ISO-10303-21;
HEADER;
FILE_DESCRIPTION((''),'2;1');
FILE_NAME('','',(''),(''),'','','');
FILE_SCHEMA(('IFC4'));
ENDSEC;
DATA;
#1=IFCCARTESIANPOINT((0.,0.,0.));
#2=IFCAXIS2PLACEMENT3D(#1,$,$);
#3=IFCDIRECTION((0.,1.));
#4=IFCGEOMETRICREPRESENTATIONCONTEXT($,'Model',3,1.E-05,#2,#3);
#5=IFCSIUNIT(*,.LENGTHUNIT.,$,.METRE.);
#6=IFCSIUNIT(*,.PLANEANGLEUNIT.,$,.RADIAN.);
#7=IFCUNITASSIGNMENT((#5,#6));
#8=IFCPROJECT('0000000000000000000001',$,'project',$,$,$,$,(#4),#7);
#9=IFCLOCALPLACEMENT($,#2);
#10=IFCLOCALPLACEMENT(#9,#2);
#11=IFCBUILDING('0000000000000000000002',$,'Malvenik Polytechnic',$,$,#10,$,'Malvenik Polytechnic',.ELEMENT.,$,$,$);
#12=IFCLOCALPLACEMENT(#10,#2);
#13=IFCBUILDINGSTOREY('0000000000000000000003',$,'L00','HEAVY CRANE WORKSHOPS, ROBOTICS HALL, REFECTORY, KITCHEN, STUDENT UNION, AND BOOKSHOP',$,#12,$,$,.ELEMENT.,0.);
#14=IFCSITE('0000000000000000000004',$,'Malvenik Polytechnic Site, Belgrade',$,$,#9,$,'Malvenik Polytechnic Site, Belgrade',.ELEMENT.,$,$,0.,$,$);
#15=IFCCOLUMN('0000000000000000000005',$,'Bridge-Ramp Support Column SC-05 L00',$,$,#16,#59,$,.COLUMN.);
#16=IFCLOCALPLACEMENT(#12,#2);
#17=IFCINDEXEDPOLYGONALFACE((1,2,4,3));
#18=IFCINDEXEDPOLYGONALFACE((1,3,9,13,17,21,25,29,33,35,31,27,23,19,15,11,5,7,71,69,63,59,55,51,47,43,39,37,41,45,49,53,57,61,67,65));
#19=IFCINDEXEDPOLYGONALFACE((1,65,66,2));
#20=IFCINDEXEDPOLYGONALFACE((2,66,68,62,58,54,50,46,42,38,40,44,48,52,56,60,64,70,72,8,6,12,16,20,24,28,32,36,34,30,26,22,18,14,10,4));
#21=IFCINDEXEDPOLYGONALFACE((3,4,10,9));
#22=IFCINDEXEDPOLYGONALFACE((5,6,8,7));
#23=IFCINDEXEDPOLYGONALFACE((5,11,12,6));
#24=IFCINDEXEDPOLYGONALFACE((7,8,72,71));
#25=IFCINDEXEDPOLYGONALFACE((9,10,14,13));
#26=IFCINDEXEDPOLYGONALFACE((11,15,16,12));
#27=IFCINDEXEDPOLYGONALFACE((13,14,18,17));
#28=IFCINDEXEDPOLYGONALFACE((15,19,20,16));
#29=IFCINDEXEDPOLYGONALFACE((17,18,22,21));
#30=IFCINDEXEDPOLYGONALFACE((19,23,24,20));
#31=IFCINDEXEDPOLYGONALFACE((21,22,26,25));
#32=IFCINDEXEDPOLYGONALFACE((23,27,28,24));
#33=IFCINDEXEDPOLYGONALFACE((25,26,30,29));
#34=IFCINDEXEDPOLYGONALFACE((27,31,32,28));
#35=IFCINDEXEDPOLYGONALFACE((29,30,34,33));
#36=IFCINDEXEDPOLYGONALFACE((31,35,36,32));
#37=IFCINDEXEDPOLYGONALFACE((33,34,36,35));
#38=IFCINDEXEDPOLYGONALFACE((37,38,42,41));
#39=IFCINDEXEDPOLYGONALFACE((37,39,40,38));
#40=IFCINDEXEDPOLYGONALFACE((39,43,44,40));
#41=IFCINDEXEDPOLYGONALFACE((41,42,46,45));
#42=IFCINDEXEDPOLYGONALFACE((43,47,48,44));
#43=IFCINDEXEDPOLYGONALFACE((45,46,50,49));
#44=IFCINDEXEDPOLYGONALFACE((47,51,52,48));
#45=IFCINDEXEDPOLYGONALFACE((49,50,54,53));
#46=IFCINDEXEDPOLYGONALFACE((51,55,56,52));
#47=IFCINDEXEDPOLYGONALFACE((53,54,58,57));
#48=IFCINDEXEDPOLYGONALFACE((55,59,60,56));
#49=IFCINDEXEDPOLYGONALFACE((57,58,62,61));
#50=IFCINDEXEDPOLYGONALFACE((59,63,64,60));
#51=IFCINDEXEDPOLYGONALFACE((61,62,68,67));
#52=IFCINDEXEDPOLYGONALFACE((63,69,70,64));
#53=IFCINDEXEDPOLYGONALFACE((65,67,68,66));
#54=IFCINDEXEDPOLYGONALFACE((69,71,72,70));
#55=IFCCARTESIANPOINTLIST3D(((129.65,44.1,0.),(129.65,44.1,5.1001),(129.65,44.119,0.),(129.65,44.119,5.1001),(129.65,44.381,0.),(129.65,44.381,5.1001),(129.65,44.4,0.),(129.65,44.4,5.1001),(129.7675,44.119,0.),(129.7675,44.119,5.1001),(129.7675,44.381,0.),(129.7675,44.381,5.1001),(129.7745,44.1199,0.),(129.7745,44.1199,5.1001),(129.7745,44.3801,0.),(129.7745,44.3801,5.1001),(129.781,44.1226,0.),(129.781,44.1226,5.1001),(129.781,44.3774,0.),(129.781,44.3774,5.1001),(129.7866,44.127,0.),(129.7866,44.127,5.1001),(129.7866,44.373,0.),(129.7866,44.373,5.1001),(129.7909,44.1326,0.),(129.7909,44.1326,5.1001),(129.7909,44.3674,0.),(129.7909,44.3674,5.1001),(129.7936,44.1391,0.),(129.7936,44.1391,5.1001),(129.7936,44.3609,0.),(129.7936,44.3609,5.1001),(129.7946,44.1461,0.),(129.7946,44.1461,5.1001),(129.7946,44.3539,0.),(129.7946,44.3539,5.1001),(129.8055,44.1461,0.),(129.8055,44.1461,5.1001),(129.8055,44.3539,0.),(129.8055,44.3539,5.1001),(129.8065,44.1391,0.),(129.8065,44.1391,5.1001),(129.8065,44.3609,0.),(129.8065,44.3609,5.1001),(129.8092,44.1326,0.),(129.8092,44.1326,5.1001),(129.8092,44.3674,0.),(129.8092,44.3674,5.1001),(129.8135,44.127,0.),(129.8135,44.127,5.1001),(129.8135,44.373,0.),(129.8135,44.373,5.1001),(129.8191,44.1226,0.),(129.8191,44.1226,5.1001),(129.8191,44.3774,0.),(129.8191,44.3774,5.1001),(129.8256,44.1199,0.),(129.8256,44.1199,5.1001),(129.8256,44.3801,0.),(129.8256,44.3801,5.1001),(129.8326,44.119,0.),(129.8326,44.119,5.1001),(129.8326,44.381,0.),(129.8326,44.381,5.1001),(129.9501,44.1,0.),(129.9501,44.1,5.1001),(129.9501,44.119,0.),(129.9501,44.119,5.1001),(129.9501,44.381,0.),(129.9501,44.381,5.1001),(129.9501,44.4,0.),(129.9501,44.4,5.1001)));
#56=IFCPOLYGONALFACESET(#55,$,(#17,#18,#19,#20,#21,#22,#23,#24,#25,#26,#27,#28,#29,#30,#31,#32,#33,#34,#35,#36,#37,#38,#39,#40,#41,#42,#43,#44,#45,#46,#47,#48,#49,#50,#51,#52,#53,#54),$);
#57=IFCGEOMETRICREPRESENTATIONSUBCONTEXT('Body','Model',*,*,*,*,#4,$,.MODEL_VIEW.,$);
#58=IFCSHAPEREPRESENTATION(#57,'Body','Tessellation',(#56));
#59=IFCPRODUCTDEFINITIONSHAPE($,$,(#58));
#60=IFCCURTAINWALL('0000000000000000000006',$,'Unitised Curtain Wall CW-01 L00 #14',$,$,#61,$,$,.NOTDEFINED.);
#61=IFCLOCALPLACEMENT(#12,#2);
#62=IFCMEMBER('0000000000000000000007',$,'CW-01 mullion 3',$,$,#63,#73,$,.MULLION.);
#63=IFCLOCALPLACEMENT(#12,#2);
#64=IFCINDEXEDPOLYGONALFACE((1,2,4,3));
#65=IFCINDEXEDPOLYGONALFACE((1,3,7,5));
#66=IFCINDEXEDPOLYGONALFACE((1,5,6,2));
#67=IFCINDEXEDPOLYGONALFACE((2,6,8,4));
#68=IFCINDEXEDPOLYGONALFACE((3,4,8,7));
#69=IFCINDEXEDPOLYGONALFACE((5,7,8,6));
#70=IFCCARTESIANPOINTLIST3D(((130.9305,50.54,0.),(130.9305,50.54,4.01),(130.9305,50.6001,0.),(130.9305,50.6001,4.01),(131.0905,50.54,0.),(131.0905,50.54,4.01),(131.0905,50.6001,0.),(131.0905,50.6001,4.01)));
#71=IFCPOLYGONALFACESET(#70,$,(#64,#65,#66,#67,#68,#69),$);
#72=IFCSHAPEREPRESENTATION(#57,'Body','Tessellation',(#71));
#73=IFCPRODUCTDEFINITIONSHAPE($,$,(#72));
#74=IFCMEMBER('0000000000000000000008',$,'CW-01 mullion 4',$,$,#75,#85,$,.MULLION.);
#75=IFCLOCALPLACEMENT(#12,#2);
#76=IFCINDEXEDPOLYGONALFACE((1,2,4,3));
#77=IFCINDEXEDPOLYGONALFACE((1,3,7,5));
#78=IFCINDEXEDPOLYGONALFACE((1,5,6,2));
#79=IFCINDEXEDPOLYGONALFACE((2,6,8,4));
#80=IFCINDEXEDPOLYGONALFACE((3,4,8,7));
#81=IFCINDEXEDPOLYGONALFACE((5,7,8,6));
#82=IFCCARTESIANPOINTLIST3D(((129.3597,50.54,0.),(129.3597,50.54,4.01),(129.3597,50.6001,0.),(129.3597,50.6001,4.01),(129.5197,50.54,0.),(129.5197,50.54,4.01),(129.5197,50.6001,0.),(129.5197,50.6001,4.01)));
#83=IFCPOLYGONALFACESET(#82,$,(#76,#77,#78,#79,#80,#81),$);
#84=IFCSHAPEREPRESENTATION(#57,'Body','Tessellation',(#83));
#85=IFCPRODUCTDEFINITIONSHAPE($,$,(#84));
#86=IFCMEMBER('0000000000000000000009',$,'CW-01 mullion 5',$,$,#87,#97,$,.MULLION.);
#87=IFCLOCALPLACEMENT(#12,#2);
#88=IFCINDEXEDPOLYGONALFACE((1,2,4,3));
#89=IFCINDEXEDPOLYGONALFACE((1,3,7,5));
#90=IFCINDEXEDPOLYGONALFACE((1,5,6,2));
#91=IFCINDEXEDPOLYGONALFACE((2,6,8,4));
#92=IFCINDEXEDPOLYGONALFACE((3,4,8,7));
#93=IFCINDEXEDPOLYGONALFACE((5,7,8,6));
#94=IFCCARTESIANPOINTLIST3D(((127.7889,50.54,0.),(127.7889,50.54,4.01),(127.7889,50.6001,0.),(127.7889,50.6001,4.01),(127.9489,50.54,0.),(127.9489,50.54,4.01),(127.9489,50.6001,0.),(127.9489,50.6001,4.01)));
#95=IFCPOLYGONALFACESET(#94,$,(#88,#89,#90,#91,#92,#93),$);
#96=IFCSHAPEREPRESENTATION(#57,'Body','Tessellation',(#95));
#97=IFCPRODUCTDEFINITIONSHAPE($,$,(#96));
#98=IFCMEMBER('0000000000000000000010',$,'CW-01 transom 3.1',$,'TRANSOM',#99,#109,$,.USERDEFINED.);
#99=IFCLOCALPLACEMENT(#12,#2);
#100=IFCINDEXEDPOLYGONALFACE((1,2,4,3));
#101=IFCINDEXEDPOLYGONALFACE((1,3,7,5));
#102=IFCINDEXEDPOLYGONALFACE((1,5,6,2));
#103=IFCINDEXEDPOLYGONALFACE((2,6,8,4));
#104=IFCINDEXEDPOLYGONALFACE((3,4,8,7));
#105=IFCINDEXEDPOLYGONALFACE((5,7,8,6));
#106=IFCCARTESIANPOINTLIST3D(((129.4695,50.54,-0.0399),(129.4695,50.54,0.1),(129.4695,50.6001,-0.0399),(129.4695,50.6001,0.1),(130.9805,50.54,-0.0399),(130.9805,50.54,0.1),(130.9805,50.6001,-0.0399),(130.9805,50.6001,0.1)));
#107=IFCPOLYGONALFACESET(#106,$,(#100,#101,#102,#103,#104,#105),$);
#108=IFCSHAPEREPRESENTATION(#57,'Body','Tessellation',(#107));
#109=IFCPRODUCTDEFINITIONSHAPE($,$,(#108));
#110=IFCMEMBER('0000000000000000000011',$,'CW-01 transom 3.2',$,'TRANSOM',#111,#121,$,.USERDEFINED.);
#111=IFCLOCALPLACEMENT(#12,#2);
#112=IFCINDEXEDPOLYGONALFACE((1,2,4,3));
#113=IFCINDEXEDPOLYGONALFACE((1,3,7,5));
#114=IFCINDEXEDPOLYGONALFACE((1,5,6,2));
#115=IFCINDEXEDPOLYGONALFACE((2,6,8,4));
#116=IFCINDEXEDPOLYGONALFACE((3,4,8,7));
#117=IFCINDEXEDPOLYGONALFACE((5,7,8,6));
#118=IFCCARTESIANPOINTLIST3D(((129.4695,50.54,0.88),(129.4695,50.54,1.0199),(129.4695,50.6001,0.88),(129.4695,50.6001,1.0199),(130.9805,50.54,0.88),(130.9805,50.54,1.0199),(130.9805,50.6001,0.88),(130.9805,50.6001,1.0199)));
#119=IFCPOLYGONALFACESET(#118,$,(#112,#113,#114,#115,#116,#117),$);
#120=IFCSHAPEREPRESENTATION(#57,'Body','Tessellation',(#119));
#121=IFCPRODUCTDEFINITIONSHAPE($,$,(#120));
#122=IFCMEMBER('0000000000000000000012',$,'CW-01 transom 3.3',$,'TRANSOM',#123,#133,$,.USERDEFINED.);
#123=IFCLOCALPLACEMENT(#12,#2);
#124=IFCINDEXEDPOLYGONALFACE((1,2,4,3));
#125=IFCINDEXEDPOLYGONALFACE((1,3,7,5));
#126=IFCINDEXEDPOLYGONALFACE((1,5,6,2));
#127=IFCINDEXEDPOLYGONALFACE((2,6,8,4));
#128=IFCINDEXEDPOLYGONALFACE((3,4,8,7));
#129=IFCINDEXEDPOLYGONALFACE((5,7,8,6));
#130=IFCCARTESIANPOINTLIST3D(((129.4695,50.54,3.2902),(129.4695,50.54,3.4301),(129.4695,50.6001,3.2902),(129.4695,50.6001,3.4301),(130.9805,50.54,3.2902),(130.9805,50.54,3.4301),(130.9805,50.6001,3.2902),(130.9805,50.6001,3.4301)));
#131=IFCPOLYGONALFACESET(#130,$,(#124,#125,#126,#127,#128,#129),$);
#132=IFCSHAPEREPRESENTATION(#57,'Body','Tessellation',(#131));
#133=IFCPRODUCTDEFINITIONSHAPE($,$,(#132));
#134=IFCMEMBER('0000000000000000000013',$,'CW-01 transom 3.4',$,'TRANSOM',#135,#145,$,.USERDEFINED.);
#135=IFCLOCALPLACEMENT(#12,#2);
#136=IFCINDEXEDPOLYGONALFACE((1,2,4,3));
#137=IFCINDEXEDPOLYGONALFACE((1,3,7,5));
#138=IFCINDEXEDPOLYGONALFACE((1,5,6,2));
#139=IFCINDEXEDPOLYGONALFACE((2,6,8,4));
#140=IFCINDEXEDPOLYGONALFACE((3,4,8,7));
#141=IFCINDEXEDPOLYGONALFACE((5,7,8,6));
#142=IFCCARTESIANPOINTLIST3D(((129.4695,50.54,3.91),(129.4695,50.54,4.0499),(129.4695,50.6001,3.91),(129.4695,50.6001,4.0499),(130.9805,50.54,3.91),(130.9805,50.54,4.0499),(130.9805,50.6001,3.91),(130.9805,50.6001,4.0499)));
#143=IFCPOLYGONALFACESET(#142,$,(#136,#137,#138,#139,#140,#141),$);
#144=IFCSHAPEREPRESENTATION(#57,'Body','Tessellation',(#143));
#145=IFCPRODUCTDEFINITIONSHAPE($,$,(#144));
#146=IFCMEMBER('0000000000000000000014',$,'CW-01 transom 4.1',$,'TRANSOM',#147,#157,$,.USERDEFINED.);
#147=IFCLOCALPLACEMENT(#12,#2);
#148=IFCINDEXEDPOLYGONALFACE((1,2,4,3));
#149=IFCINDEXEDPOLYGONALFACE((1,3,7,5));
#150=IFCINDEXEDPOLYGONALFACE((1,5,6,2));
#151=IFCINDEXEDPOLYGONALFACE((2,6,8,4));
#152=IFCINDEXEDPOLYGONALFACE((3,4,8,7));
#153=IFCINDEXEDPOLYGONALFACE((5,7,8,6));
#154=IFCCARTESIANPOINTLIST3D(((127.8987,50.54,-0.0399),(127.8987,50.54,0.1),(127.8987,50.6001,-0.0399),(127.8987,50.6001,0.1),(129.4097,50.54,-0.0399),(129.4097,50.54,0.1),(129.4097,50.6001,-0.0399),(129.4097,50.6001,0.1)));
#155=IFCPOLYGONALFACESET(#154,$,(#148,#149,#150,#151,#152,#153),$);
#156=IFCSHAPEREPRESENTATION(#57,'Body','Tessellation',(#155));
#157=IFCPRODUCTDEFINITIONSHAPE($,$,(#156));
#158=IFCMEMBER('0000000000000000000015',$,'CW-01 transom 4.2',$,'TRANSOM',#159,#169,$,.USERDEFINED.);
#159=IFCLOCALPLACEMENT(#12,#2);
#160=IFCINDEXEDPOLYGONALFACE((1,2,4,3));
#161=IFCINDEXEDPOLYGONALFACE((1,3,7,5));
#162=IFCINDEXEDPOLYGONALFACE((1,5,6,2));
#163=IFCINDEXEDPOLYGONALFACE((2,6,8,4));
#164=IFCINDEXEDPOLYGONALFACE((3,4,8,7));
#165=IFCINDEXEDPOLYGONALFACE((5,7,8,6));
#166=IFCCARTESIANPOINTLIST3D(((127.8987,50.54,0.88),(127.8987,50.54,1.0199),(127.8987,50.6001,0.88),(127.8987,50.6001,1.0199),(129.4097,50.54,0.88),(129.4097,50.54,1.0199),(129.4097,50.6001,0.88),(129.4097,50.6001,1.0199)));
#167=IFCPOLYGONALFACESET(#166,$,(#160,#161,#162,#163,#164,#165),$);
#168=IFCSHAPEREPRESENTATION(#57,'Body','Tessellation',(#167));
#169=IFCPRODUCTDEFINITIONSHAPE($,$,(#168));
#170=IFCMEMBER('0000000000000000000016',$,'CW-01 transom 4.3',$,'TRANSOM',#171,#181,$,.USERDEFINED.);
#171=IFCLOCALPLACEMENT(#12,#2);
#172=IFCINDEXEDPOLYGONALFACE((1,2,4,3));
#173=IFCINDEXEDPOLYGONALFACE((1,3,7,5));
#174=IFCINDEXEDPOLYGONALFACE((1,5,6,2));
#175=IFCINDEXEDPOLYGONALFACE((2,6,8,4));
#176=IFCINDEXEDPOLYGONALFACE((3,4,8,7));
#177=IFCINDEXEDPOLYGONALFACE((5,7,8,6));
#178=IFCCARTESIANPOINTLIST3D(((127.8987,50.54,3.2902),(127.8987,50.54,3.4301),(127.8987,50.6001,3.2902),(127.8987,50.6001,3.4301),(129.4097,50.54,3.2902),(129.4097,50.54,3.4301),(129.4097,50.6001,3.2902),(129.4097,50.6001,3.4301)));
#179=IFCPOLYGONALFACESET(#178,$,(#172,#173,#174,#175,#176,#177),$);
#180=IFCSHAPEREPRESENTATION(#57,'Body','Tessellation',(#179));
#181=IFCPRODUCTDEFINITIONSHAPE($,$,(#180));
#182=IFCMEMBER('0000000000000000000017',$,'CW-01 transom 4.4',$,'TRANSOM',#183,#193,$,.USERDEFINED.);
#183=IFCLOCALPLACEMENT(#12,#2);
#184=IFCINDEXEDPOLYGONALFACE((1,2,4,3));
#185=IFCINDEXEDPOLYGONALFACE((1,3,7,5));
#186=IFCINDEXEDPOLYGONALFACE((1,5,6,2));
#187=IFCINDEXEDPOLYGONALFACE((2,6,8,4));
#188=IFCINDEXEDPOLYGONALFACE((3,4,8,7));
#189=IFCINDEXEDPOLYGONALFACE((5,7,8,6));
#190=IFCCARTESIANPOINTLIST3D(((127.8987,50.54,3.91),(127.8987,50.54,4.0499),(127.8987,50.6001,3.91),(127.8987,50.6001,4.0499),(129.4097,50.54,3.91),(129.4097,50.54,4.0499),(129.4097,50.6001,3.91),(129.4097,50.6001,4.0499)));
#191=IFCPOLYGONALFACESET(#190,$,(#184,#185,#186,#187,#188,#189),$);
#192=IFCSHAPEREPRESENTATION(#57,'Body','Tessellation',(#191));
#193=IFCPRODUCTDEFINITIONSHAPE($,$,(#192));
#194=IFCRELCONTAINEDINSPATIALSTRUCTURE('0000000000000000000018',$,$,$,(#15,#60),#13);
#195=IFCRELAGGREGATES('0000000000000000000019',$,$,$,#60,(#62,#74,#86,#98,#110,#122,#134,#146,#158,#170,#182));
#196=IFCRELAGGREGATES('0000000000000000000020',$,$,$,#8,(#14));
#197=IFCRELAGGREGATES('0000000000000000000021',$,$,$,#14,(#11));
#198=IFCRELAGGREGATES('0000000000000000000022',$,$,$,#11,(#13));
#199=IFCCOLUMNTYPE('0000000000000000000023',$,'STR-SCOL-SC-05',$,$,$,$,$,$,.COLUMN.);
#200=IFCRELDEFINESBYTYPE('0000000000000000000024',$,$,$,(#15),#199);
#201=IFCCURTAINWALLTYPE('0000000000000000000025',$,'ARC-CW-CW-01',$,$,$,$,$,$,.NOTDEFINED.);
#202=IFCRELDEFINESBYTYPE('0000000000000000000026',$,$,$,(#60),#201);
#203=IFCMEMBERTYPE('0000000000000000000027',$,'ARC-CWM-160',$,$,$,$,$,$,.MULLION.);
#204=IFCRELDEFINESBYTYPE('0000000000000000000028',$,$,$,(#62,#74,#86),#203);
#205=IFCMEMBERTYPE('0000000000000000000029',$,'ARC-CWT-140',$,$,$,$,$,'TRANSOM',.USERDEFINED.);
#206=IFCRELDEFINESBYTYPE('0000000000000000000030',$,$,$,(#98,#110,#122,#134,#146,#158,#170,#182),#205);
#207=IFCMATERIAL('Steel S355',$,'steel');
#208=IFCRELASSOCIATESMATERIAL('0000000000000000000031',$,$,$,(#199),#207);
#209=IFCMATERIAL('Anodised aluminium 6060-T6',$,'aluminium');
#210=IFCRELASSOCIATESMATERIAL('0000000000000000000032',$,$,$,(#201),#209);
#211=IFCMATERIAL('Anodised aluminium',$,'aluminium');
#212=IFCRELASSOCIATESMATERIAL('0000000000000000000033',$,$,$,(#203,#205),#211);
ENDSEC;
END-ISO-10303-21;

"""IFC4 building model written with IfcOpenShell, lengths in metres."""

from ifc_helpers import new_model, si_unit, direction, frame, origin, origin_2d, place, context, subcontext, project, spatial, rectangle, i_section, extrude, material, material_profile, profile_set, type_object, element, aggregate, save


model = new_model("IFC4")

# Units and contexts
model_context = context("Model", 3, precision=1e-05, world=origin(), true_north=direction((0.0, 1.0)))
body_context = subcontext(model_context, "Body", "Model", "MODEL_VIEW")
ifc_project = project(units=[si_unit("LENGTHUNIT", "METRE"), si_unit("PLANEANGLEUNIT", "RADIAN")], contexts=[model_context])

# Site, building, storey
site_placement = place(None, origin())
site = spatial("IfcSite", under=ifc_project, at=site_placement, Name="Malvenik Polytechnic Site, Belgrade", LongName="Malvenik Polytechnic Site, Belgrade", CompositionType="ELEMENT", RefElevation=0.0)
building_placement = place(site_placement, origin())
building = spatial("IfcBuilding", under=site, at=building_placement, Name="Malvenik Polytechnic", LongName="Malvenik Polytechnic", CompositionType="ELEMENT")
storey_placement = place(building_placement, origin())
storey = spatial("IfcBuildingStorey", under=building, at=storey_placement, Name="L00", Description="HEAVY CRANE WORKSHOPS, ROBOTICS HALL, REFECTORY, KITCHEN, STUDENT UNION, AND BOOKSHOP", CompositionType="ELEMENT", Elevation=0.0)

# Column
ifc_material_1 = material(Name="Steel S355", Category="steel")
ifc_material_profile_1 = material_profile(ifc_material_1, i_section(OverallWidth=0.3, OverallDepth=0.3, WebThickness=0.011, FlangeThickness=0.019, FilletRadius=0.0271, at=origin_2d()), Name="HEB 300")
ifc_profile_set_1 = profile_set([ifc_material_profile_1], Name="Steel S355")
column_type = type_object("IfcColumnType", Name="STR-SCOL-SC-05", PredefinedType="COLUMN", material=ifc_profile_set_1)
column_placement = place(storey_placement, frame((129.8, 44.25, 0.0), z_axis=(0.0, 0.0, 1.0), x_axis=(1.0, 0.0, 0.0)))
element("IfcColumn", 1, at=column_placement, inside=storey, type_object=column_type, Name="Bridge-Ramp Support Column SC-05 L00", PredefinedType="COLUMN", context=body_context, shape_type="SweptSolid", body=[
    extrude(i_section(OverallWidth=0.3, OverallDepth=0.3, WebThickness=0.011, FlangeThickness=0.019, FilletRadius=0.0271, at=origin_2d()), origin(), (0.0, 0.0, 1.0), 5.1001),
])

# Curtain wall, members
ifc_material_2 = material(Name="Anodised aluminium 6060-T6", Category="aluminium")
curtain_wall_type = type_object("IfcCurtainWallType", Name="ARC-CW-CW-01", PredefinedType="NOTDEFINED", material=ifc_material_2)
curtain_wall_placement = place(storey_placement, origin())
curtain_wall = element("IfcCurtainWall", 2, at=curtain_wall_placement, inside=storey, type_object=curtain_wall_type, Name="Unitised Curtain Wall CW-01 L00 #14", PredefinedType="NOTDEFINED")
ifc_material_3 = material(Name="Anodised aluminium", Category="aluminium")
ifc_material_profile_2 = material_profile(ifc_material_3, rectangle(XDim=0.0601, YDim=0.1599, at=origin_2d()), Name="ALU MULLION 60x160")
ifc_profile_set_2 = profile_set([ifc_material_profile_2], Name="Anodised aluminium")
member_type_1 = type_object("IfcMemberType", Name="ARC-CWM-160", PredefinedType="MULLION", material=ifc_profile_set_2)
member_1_placement = place(storey_placement, frame((131.0105, 50.5701, 0.0), z_axis=(0.0, 0.0, 1.0), x_axis=(0.0, -1.0, 0.0)))
member_1 = element("IfcMember", 3, at=member_1_placement, type_object=member_type_1, Name="CW-01 mullion 3", PredefinedType="MULLION", context=body_context, shape_type="SweptSolid", body=[
    extrude(rectangle(XDim=0.0601, YDim=0.1599, at=origin_2d()), origin(), (0.0, 0.0, 1.0), 4.01),
])
member_2_placement = place(storey_placement, frame((129.4397, 50.5701, 0.0), z_axis=(0.0, 0.0, 1.0), x_axis=(0.0, -1.0, 0.0)))
member_2 = element("IfcMember", 4, at=member_2_placement, type_object=member_type_1, Name="CW-01 mullion 4", PredefinedType="MULLION", context=body_context, shape_type="SweptSolid", body=[
    extrude(rectangle(XDim=0.0601, YDim=0.1599, at=origin_2d()), origin(), (0.0, 0.0, 1.0), 4.01),
])
member_3_placement = place(storey_placement, frame((127.8689, 50.5701, 0.0), z_axis=(0.0, 0.0, 1.0), x_axis=(0.0, -1.0, 0.0)))
member_3 = element("IfcMember", 5, at=member_3_placement, type_object=member_type_1, Name="CW-01 mullion 5", PredefinedType="MULLION", context=body_context, shape_type="SweptSolid", body=[
    extrude(rectangle(XDim=0.0601, YDim=0.1599, at=origin_2d()), origin(), (0.0, 0.0, 1.0), 4.01),
])
ifc_material_profile_3 = material_profile(ifc_material_3, rectangle(XDim=0.0601, YDim=0.1399, at=origin_2d()), Name="ALU TRANSOM 60x140")
ifc_profile_set_3 = profile_set([ifc_material_profile_3], Name="Anodised aluminium")
member_type_2 = type_object("IfcMemberType", Name="ARC-CWT-140", ElementType="TRANSOM", PredefinedType="USERDEFINED", material=ifc_profile_set_3)
member_4_placement = place(storey_placement, frame((130.9805, 50.5701, 0.03), z_axis=(-1.0, 0.0, 0.0), x_axis=(0.0, -1.0, 0.0)))
member_4 = element("IfcMember", 6, at=member_4_placement, type_object=member_type_2, Name="CW-01 transom 3.1", ObjectType="TRANSOM", PredefinedType="USERDEFINED", context=body_context, shape_type="SweptSolid", body=[
    extrude(rectangle(XDim=0.0601, YDim=0.1399, at=origin_2d()), origin(), (0.0, 0.0, 1.0), 1.511),
])
member_5_placement = place(storey_placement, frame((130.9805, 50.5701, 0.95), z_axis=(-1.0, 0.0, 0.0), x_axis=(0.0, -1.0, 0.0)))
member_5 = element("IfcMember", 7, at=member_5_placement, type_object=member_type_2, Name="CW-01 transom 3.2", ObjectType="TRANSOM", PredefinedType="USERDEFINED", context=body_context, shape_type="SweptSolid", body=[
    extrude(rectangle(XDim=0.0601, YDim=0.1399, at=origin_2d()), origin(), (0.0, 0.0, 1.0), 1.511),
])
member_6_placement = place(storey_placement, frame((130.9805, 50.5701, 3.3601), z_axis=(-1.0, 0.0, 0.0), x_axis=(0.0, -1.0, 0.0)))
member_6 = element("IfcMember", 8, at=member_6_placement, type_object=member_type_2, Name="CW-01 transom 3.3", ObjectType="TRANSOM", PredefinedType="USERDEFINED", context=body_context, shape_type="SweptSolid", body=[
    extrude(rectangle(XDim=0.0601, YDim=0.1399, at=origin_2d()), origin(), (0.0, 0.0, 1.0), 1.511),
])
member_7_placement = place(storey_placement, frame((130.9805, 50.5701, 3.98), z_axis=(-1.0, 0.0, 0.0), x_axis=(0.0, -1.0, 0.0)))
member_7 = element("IfcMember", 9, at=member_7_placement, type_object=member_type_2, Name="CW-01 transom 3.4", ObjectType="TRANSOM", PredefinedType="USERDEFINED", context=body_context, shape_type="SweptSolid", body=[
    extrude(rectangle(XDim=0.0601, YDim=0.1399, at=origin_2d()), origin(), (0.0, 0.0, 1.0), 1.511),
])
member_8_placement = place(storey_placement, frame((129.4097, 50.5701, 0.03), z_axis=(-1.0, 0.0, 0.0), x_axis=(0.0, -1.0, 0.0)))
member_8 = element("IfcMember", 10, at=member_8_placement, type_object=member_type_2, Name="CW-01 transom 4.1", ObjectType="TRANSOM", PredefinedType="USERDEFINED", context=body_context, shape_type="SweptSolid", body=[
    extrude(rectangle(XDim=0.0601, YDim=0.1399, at=origin_2d()), origin(), (0.0, 0.0, 1.0), 1.511),
])
member_9_placement = place(storey_placement, frame((129.4097, 50.5701, 0.95), z_axis=(-1.0, 0.0, 0.0), x_axis=(0.0, -1.0, 0.0)))
member_9 = element("IfcMember", 11, at=member_9_placement, type_object=member_type_2, Name="CW-01 transom 4.2", ObjectType="TRANSOM", PredefinedType="USERDEFINED", context=body_context, shape_type="SweptSolid", body=[
    extrude(rectangle(XDim=0.0601, YDim=0.1399, at=origin_2d()), origin(), (0.0, 0.0, 1.0), 1.511),
])
member_10_placement = place(storey_placement, frame((129.4097, 50.5701, 3.3601), z_axis=(-1.0, 0.0, 0.0), x_axis=(0.0, -1.0, 0.0)))
member_10 = element("IfcMember", 12, at=member_10_placement, type_object=member_type_2, Name="CW-01 transom 4.3", ObjectType="TRANSOM", PredefinedType="USERDEFINED", context=body_context, shape_type="SweptSolid", body=[
    extrude(rectangle(XDim=0.0601, YDim=0.1399, at=origin_2d()), origin(), (0.0, 0.0, 1.0), 1.511),
])
member_11_placement = place(storey_placement, frame((129.4097, 50.5701, 3.98), z_axis=(-1.0, 0.0, 0.0), x_axis=(0.0, -1.0, 0.0)))
member_11 = element("IfcMember", 13, at=member_11_placement, type_object=member_type_2, Name="CW-01 transom 4.4", ObjectType="TRANSOM", PredefinedType="USERDEFINED", context=body_context, shape_type="SweptSolid", body=[
    extrude(rectangle(XDim=0.0601, YDim=0.1399, at=origin_2d()), origin(), (0.0, 0.0, 1.0), 1.511),
])

aggregate(curtain_wall, [member_1, member_2, member_3, member_4, member_5, member_6, member_7, member_8, member_9, member_10, member_11])

save(model, "model.ifc")
